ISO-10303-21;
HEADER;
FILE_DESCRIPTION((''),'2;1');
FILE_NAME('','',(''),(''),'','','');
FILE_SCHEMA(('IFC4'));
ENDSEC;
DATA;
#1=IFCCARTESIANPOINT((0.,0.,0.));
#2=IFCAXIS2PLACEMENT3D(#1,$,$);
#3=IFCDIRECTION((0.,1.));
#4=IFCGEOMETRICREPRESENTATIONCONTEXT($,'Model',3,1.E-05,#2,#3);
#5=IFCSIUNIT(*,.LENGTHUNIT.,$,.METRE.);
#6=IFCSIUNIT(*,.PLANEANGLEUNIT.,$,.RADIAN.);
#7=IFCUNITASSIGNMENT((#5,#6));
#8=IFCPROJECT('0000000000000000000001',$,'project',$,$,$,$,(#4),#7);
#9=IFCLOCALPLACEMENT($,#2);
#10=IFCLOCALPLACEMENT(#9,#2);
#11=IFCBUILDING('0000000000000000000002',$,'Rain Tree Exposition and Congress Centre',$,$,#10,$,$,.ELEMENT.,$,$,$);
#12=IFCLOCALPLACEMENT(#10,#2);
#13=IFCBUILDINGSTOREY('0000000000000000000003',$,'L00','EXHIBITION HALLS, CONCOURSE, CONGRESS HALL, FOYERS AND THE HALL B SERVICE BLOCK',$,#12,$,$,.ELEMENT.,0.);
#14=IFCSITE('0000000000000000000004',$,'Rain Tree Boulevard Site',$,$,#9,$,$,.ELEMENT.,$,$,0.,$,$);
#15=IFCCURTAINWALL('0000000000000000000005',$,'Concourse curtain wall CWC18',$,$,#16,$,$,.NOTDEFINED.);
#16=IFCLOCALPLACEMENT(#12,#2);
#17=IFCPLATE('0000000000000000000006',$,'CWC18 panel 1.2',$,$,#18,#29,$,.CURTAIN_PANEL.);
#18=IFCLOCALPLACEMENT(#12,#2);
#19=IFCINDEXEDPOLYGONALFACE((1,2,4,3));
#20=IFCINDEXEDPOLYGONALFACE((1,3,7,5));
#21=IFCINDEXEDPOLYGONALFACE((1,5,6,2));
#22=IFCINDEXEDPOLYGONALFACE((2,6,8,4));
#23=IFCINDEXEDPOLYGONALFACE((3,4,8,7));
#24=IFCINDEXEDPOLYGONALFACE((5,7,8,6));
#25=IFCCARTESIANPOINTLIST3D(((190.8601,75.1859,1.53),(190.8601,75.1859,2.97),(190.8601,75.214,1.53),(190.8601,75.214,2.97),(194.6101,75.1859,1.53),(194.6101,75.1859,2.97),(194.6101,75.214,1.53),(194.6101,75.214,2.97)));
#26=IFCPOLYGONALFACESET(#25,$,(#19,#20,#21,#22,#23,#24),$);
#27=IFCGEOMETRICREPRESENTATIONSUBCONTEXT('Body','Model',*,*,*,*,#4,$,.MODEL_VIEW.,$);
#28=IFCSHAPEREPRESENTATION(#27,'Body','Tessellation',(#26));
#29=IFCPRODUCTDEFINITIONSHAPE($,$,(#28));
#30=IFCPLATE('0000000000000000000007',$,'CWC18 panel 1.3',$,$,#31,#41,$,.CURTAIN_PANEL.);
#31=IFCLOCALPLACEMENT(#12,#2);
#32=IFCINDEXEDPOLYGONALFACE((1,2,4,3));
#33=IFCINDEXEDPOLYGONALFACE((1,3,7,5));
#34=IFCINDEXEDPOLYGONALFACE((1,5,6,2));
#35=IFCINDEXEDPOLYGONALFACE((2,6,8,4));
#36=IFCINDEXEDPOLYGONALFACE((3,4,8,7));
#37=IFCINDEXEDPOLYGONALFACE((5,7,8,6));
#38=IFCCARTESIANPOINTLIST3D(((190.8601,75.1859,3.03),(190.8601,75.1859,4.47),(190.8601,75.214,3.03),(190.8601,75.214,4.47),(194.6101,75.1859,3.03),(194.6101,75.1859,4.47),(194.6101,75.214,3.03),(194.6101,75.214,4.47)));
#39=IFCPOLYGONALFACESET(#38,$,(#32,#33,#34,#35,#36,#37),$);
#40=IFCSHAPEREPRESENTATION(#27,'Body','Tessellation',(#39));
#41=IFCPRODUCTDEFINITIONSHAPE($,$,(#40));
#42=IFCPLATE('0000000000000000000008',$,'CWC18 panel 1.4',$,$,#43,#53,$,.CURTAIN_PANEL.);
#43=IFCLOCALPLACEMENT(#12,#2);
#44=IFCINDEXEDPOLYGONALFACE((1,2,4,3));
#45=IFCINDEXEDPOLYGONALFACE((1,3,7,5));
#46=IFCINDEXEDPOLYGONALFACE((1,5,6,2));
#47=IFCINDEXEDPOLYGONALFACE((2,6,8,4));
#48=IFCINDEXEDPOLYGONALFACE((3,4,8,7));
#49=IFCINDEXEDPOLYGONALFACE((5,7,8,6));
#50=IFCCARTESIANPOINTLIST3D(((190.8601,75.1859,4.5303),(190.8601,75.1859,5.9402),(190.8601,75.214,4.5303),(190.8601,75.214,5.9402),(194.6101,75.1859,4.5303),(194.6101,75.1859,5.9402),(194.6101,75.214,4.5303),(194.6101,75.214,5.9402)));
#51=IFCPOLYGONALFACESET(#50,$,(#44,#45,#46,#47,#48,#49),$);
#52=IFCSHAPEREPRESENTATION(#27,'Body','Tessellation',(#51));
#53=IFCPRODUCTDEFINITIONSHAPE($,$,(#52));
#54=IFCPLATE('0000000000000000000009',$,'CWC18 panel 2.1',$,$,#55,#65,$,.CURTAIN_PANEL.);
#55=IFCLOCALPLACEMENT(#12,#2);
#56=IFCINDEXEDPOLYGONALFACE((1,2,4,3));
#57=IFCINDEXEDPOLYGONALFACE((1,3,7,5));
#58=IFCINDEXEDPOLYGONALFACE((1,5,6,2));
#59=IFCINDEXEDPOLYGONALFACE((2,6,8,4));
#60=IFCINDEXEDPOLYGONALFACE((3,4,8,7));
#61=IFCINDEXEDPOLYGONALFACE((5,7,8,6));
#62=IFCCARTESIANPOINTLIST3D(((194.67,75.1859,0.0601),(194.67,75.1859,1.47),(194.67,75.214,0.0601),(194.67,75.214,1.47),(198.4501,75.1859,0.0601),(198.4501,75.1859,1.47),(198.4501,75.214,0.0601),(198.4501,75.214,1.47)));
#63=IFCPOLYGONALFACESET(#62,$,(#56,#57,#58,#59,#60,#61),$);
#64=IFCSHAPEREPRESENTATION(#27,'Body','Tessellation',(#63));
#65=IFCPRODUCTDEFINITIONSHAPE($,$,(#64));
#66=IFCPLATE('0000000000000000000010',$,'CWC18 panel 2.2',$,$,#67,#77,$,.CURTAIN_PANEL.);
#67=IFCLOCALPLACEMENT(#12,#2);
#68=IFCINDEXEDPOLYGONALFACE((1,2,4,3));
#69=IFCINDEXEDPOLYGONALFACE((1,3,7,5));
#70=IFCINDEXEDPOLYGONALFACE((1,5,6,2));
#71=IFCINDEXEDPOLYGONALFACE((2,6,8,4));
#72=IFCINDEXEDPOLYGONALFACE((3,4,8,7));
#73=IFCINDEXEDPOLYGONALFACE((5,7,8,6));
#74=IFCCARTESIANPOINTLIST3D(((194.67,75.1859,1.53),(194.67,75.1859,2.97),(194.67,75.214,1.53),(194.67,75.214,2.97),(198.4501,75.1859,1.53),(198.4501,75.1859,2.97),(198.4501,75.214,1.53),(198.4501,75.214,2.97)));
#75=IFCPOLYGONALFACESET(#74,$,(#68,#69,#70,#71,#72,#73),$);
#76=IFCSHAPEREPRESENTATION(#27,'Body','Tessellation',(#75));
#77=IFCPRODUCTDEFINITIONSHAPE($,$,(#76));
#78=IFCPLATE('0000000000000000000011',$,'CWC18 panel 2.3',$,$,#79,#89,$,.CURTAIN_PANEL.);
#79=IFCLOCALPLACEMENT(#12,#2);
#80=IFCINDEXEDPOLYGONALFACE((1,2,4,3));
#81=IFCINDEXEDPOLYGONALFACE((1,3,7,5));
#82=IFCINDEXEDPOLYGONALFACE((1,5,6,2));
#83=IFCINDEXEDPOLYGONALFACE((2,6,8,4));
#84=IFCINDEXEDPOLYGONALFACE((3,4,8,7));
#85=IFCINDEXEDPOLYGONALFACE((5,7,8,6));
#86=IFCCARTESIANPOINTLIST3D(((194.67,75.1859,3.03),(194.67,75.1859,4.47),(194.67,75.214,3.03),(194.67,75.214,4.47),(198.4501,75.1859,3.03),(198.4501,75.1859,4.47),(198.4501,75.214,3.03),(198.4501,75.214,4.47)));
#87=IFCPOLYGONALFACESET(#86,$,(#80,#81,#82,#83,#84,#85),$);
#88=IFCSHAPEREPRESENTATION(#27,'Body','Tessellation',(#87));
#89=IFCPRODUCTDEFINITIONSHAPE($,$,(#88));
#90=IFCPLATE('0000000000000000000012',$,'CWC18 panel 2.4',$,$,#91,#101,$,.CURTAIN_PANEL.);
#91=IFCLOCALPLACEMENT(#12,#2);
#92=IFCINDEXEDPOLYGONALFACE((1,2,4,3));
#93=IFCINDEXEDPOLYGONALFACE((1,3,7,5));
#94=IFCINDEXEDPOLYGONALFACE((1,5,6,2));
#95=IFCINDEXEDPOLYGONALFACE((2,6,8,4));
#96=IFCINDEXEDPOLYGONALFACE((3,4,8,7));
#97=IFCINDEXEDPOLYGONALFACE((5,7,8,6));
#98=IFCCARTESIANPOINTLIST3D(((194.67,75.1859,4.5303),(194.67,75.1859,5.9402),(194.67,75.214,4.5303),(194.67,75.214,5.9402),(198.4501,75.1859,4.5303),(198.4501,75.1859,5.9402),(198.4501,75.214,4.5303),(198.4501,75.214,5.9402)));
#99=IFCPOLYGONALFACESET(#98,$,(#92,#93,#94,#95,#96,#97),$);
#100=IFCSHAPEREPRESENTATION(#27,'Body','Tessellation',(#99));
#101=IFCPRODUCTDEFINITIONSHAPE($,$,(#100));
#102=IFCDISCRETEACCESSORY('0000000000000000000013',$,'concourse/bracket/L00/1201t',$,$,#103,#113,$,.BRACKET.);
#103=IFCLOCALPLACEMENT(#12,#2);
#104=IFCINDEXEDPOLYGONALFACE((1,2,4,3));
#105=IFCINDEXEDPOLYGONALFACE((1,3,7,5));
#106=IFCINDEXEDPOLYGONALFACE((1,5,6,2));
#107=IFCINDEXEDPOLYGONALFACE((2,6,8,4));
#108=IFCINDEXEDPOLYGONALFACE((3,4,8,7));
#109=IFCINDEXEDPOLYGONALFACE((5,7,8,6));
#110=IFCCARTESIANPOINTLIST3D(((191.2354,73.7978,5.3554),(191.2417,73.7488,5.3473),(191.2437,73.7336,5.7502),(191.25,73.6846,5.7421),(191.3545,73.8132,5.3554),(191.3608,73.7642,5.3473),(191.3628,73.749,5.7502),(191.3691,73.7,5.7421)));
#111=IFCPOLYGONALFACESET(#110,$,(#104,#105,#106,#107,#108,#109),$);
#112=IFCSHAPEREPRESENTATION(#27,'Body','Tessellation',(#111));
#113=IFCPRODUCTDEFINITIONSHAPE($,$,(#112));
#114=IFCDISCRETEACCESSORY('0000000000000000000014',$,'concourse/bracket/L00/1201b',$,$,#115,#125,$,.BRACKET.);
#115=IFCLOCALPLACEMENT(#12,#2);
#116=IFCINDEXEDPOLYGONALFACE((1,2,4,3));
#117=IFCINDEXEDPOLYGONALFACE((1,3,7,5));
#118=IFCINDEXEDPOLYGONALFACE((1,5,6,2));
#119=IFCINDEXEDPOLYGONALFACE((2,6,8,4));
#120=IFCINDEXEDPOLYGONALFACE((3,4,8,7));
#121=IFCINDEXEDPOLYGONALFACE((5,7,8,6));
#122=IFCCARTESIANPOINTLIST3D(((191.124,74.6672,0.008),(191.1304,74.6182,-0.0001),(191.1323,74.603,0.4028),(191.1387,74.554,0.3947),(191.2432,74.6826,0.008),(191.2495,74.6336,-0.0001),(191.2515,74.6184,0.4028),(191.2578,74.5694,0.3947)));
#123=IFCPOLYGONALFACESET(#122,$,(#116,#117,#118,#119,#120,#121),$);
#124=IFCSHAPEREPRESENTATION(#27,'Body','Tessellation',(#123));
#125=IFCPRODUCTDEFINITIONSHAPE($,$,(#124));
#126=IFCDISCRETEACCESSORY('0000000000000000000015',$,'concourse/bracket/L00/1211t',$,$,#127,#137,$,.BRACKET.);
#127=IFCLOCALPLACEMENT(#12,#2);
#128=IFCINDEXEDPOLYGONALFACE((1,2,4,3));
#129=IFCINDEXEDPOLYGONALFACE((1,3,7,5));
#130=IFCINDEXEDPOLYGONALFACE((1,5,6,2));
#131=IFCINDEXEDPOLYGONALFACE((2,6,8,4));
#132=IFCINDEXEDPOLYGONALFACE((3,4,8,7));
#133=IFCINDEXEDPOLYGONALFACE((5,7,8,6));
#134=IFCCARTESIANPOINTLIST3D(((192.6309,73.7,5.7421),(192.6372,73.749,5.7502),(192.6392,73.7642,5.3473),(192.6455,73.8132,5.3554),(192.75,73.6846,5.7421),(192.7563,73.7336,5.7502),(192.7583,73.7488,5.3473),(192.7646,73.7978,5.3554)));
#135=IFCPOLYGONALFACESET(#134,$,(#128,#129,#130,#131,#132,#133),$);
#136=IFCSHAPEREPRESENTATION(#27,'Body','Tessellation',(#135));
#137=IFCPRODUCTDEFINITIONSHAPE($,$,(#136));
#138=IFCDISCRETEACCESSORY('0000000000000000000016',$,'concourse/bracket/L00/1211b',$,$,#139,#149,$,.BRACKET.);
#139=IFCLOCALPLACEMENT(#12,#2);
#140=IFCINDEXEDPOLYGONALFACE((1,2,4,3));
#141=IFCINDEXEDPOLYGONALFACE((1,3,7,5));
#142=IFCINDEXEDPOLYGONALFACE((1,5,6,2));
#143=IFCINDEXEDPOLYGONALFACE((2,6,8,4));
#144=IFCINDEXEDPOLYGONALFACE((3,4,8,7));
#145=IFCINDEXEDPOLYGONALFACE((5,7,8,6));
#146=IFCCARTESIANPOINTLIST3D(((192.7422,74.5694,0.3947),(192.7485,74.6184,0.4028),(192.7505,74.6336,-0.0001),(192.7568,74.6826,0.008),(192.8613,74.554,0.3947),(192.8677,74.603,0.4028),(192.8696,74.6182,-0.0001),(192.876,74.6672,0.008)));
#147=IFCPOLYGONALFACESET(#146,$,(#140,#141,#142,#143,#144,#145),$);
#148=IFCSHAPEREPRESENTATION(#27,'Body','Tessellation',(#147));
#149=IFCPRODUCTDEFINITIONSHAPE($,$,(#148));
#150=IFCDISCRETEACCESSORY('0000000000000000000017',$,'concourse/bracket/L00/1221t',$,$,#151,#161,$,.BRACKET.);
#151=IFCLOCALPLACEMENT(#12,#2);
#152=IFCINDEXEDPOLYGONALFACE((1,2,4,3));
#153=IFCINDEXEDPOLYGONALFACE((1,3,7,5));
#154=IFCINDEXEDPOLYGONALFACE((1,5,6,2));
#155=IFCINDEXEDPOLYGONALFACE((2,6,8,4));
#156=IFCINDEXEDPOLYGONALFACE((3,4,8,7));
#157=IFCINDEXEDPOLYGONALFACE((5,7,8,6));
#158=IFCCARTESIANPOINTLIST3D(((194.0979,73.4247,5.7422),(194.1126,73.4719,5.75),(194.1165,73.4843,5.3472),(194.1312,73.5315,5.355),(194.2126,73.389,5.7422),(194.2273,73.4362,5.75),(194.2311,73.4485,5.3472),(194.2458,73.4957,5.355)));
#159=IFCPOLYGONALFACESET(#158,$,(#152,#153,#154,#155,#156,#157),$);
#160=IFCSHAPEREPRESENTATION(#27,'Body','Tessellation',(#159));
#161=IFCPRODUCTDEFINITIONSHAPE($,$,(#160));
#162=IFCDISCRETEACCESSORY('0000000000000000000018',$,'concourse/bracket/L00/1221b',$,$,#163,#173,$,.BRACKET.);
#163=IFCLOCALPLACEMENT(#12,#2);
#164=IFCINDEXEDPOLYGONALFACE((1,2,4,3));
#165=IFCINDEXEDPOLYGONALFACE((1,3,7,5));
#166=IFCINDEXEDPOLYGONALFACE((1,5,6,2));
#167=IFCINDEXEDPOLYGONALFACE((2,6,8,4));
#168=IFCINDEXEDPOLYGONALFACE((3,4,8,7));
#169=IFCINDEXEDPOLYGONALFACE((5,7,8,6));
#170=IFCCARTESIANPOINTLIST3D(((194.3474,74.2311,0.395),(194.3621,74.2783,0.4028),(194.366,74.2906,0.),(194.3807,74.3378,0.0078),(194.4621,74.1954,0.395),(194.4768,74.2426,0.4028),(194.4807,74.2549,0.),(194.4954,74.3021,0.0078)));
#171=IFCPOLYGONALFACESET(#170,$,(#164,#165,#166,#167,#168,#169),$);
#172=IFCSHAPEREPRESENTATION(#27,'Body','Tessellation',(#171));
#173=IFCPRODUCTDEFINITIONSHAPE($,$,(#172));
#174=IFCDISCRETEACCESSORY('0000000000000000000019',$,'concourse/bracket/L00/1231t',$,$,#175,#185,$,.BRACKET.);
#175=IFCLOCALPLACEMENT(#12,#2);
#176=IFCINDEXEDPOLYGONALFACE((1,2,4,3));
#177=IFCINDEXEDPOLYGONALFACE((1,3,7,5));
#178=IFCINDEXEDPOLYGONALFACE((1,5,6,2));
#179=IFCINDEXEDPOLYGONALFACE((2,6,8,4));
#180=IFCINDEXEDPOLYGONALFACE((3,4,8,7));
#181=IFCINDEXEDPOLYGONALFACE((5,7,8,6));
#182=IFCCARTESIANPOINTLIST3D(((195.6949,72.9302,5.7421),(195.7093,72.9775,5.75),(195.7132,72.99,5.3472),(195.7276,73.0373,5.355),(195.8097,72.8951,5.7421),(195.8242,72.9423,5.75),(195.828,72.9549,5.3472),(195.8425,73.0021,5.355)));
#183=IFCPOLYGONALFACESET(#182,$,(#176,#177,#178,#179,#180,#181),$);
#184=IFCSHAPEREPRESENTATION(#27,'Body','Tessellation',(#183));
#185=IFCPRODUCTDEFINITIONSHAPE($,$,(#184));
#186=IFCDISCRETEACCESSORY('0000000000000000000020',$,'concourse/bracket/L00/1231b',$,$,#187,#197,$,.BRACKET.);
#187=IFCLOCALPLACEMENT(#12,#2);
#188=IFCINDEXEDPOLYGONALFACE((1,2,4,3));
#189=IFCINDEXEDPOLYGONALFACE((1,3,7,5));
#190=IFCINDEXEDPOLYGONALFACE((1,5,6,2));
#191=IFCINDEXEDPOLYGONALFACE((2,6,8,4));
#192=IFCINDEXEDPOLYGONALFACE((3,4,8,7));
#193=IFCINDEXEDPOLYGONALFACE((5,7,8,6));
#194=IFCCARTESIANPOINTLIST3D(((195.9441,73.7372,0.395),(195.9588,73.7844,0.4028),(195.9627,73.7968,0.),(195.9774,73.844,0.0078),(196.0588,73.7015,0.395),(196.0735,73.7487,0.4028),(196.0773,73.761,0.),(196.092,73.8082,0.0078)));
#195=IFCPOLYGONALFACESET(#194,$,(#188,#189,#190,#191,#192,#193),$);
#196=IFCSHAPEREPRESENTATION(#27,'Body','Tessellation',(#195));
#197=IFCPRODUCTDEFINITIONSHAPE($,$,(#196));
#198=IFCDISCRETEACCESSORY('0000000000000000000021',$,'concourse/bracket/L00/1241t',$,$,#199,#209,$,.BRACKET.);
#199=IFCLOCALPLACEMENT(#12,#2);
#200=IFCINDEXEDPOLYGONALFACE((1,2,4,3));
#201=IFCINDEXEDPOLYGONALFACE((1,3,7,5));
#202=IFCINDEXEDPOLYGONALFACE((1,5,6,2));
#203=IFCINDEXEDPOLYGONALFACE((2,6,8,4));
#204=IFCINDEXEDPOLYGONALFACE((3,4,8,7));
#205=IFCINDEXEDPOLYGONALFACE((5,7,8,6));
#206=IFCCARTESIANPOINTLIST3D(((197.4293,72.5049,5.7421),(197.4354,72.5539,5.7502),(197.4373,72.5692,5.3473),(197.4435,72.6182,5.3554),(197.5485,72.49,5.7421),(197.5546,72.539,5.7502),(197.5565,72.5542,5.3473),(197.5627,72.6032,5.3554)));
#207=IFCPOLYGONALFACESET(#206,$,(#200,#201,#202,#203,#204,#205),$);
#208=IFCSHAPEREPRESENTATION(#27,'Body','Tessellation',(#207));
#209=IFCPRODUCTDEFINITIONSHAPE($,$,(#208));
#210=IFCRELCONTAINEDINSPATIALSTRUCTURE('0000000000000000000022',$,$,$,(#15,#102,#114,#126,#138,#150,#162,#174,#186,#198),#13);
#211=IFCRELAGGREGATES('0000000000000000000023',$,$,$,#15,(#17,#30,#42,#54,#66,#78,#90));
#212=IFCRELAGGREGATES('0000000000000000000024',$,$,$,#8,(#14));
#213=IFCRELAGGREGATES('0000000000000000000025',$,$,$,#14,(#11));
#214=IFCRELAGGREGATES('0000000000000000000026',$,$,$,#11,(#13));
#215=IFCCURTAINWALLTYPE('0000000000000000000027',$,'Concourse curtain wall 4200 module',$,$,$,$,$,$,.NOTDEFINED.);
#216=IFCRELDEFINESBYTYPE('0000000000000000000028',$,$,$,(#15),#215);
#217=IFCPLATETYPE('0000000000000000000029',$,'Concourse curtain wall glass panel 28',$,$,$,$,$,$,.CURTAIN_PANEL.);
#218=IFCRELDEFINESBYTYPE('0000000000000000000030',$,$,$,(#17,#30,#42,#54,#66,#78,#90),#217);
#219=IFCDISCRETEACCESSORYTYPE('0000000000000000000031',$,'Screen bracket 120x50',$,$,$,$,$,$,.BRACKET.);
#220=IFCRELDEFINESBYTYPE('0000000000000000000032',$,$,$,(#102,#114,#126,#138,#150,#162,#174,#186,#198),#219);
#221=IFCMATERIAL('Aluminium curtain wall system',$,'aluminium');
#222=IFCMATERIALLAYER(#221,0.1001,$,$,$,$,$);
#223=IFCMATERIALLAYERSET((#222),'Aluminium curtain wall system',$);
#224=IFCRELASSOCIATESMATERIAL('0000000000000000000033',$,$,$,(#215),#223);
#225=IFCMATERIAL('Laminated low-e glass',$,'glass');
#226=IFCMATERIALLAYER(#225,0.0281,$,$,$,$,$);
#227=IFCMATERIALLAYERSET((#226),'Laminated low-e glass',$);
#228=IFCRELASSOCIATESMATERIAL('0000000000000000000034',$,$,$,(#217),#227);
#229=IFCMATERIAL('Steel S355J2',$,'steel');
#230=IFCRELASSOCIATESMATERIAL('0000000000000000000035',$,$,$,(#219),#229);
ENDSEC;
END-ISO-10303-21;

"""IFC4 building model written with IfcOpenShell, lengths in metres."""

from ifc_helpers import new_model, si_unit, direction, frame, origin, origin_2d, place, context, subcontext, project, spatial, rectangle, extrude, material, layer, layer_set, material_profile, profile_set, type_object, element, aggregate, save


model = new_model("IFC4")

# Units and contexts
model_context = context("Model", 3, precision=1e-05, world=origin(), true_north=direction((0.0, 1.0)))
body_context = subcontext(model_context, "Body", "Model", "MODEL_VIEW")
ifc_project = project(units=[si_unit("LENGTHUNIT", "METRE"), si_unit("PLANEANGLEUNIT", "RADIAN")], contexts=[model_context])

# Site, building, storey
site_placement = place(None, origin())
site = spatial("IfcSite", under=ifc_project, at=site_placement, Name="Rain Tree Boulevard Site", CompositionType="ELEMENT", RefElevation=0.0)
building_placement = place(site_placement, origin())
building = spatial("IfcBuilding", under=site, at=building_placement, Name="Rain Tree Exposition and Congress Centre", CompositionType="ELEMENT")
storey_placement = place(building_placement, origin())
storey = spatial("IfcBuildingStorey", under=building, at=storey_placement, Name="L00", Description="EXHIBITION HALLS, CONCOURSE, CONGRESS HALL, FOYERS AND THE HALL B SERVICE BLOCK", CompositionType="ELEMENT", Elevation=0.0)

# Curtain wall, plates
ifc_material_1 = material(Name="Aluminium curtain wall system", Category="aluminium")
ifc_layer_1 = layer(ifc_material_1, 0.1001)
ifc_layer_set_1 = layer_set([ifc_layer_1], Name="Aluminium curtain wall system")
curtain_wall_type = type_object("IfcCurtainWallType", Name="Concourse curtain wall 4200 module", PredefinedType="NOTDEFINED", material=ifc_layer_set_1)
curtain_wall_placement = place(storey_placement, origin())
curtain_wall = element("IfcCurtainWall", 1, at=curtain_wall_placement, inside=storey, type_object=curtain_wall_type, Name="Concourse curtain wall CWC18", PredefinedType="NOTDEFINED")
ifc_material_2 = material(Name="Laminated low-e glass", Category="glass")
ifc_layer_2 = layer(ifc_material_2, 0.0281)
ifc_layer_set_2 = layer_set([ifc_layer_2], Name="Laminated low-e glass")
plate_type = type_object("IfcPlateType", Name="Concourse curtain wall glass panel 28", PredefinedType="CURTAIN_PANEL", material=ifc_layer_set_2)
plate_1_placement = place(storey_placement, frame((192.7351, 75.2, 1.53), z_axis=(0.0, 0.0, 1.0), x_axis=(1.0, 0.0, 0.0)))
plate_1 = element("IfcPlate", 2, at=plate_1_placement, type_object=plate_type, Name="CWC18 panel 1.2", PredefinedType="CURTAIN_PANEL", context=body_context, shape_type="SweptSolid", body=[
    extrude(rectangle(XDim=3.75, YDim=0.0281, at=origin_2d()), origin(), (0.0, 0.0, 1.0), 1.4399),
])
plate_2_placement = place(storey_placement, frame((192.7351, 75.2, 3.03), z_axis=(0.0, 0.0, 1.0), x_axis=(1.0, 0.0, 0.0)))
plate_2 = element("IfcPlate", 3, at=plate_2_placement, type_object=plate_type, Name="CWC18 panel 1.3", PredefinedType="CURTAIN_PANEL", context=body_context, shape_type="SweptSolid", body=[
    extrude(rectangle(XDim=3.75, YDim=0.0281, at=origin_2d()), origin(), (0.0, 0.0, 1.0), 1.4399),
])
plate_3_placement = place(storey_placement, frame((192.7351, 75.2, 4.5303), z_axis=(0.0, 0.0, 1.0), x_axis=(1.0, 0.0, 0.0)))
plate_3 = element("IfcPlate", 4, at=plate_3_placement, type_object=plate_type, Name="CWC18 panel 1.4", PredefinedType="CURTAIN_PANEL", context=body_context, shape_type="SweptSolid", body=[
    extrude(rectangle(XDim=3.75, YDim=0.0281, at=origin_2d()), origin(), (0.0, 0.0, 1.0), 1.4099),
])
plate_4_placement = place(storey_placement, frame((196.5601, 75.2, 0.0601), z_axis=(0.0, 0.0, 1.0), x_axis=(1.0, 0.0, 0.0)))
plate_4 = element("IfcPlate", 5, at=plate_4_placement, type_object=plate_type, Name="CWC18 panel 2.1", PredefinedType="CURTAIN_PANEL", context=body_context, shape_type="SweptSolid", body=[
    extrude(rectangle(XDim=3.78, YDim=0.0281, at=origin_2d()), origin(), (0.0, 0.0, 1.0), 1.4099),
])
plate_5_placement = place(storey_placement, frame((196.5601, 75.2, 1.53), z_axis=(0.0, 0.0, 1.0), x_axis=(1.0, 0.0, 0.0)))
plate_5 = element("IfcPlate", 6, at=plate_5_placement, type_object=plate_type, Name="CWC18 panel 2.2", PredefinedType="CURTAIN_PANEL", context=body_context, shape_type="SweptSolid", body=[
    extrude(rectangle(XDim=3.78, YDim=0.0281, at=origin_2d()), origin(), (0.0, 0.0, 1.0), 1.4399),
])
plate_6_placement = place(storey_placement, frame((196.5601, 75.2, 3.03), z_axis=(0.0, 0.0, 1.0), x_axis=(1.0, 0.0, 0.0)))
plate_6 = element("IfcPlate", 7, at=plate_6_placement, type_object=plate_type, Name="CWC18 panel 2.3", PredefinedType="CURTAIN_PANEL", context=body_context, shape_type="SweptSolid", body=[
    extrude(rectangle(XDim=3.78, YDim=0.0281, at=origin_2d()), origin(), (0.0, 0.0, 1.0), 1.4399),
])
plate_7_placement = place(storey_placement, frame((196.5601, 75.2, 4.5303), z_axis=(0.0, 0.0, 1.0), x_axis=(1.0, 0.0, 0.0)))
plate_7 = element("IfcPlate", 8, at=plate_7_placement, type_object=plate_type, Name="CWC18 panel 2.4", PredefinedType="CURTAIN_PANEL", context=body_context, shape_type="SweptSolid", body=[
    extrude(rectangle(XDim=3.78, YDim=0.0281, at=origin_2d()), origin(), (0.0, 0.0, 1.0), 1.4099),
])
aggregate(curtain_wall, [plate_1, plate_2, plate_3, plate_4, plate_5, plate_6, plate_7])

# Discrete accessories
ifc_material_3 = material(Name="Steel S355J2", Category="steel")
ifc_material_profile_1 = material_profile(ifc_material_3, rectangle(XDim=0.1201, YDim=0.05, at=origin_2d()), Name="Flat bar 120x50")
ifc_profile_set_1 = profile_set([ifc_material_profile_1], Name="Steel S355J2")
discrete_accessory_type = type_object("IfcDiscreteAccessoryType", Name="Screen bracket 120x50", PredefinedType="BRACKET", material=ifc_profile_set_1)
for number, where, z_axis, x_axis, name in (
    (9, (191.2981, 73.781, 5.3513), (0.020749, -0.160503, 0.986817), (0.991747, 0.128211, 0.0), "concourse/bracket/L00/1201t"),
    (10, (191.1868, 74.6504, 0.0039), (0.020749, -0.160503, 0.986817), (0.991747, 0.128211, 0.0), "concourse/bracket/L00/1201b"),
    (11, (192.7019, 73.781, 5.3513), (-0.020749, -0.160503, 0.986817), (0.991747, -0.128211, 0.0), "concourse/bracket/L00/1211t"),
    (12, (192.8132, 74.6504, 0.0039), (-0.020749, -0.160503, 0.986817), (0.991747, -0.128211, 0.0), "concourse/bracket/L00/1211b"),
):
    element("IfcDiscreteAccessory", number, at=place(storey_placement, frame(where, z_axis=z_axis, x_axis=x_axis)), inside=storey, type_object=discrete_accessory_type, Name=name, PredefinedType="BRACKET", context=body_context, shape_type="SweptSolid", body=[
        extrude(rectangle(XDim=0.1201, YDim=0.05, at=origin_2d()), origin(), (0.0, 0.0, 1.0), 0.4001),
    ])
for number, where, z_axis, x_axis, name in (
    (13, (194.1812, 73.49, 5.3511), (-0.046396, -0.148957, 0.987755), (0.954758, -0.297384, 0.0), "concourse/bracket/L00/1221t"),
    (14, (194.4307, 74.2964, 0.0039), (-0.046396, -0.148957, 0.987755), (0.954758, -0.297384, 0.0), "concourse/bracket/L00/1221b"),
    (15, (195.7778, 72.9961, 5.3511), (-0.045783, -0.149558, 0.987692), (0.9562, -0.292714, 0.0), "concourse/bracket/L00/1231t"),
    (16, (196.0273, 73.8025, 0.0039), (-0.046396, -0.148957, 0.987755), (0.954758, -0.297384, 0.0), "concourse/bracket/L00/1231b"),
):
    element("IfcDiscreteAccessory", number, at=place(storey_placement, frame(where, z_axis=z_axis, x_axis=x_axis)), inside=storey, type_object=discrete_accessory_type, Name=name, PredefinedType="BRACKET", context=body_context, shape_type="SweptSolid", body=[
        extrude(rectangle(XDim=0.1201, YDim=0.05, at=origin_2d()), origin(), (0.0, 0.0, 1.0), 0.3999),
    ])
for number, where, z_axis, x_axis, name in (
    (17, (197.5, 72.5862, 5.3513), (-0.020139, -0.160505, 0.98683), (0.99222, -0.124499, 0.0), "concourse/bracket/L00/1241t"),
):
    element("IfcDiscreteAccessory", number, at=place(storey_placement, frame(where, z_axis=z_axis, x_axis=x_axis)), inside=storey, type_object=discrete_accessory_type, Name=name, PredefinedType="BRACKET", context=body_context, shape_type="SweptSolid", body=[
        extrude(rectangle(XDim=0.1201, YDim=0.05, at=origin_2d()), origin(), (0.0, 0.0, 1.0), 0.4001),
    ])

save(model, "model.ifc")
